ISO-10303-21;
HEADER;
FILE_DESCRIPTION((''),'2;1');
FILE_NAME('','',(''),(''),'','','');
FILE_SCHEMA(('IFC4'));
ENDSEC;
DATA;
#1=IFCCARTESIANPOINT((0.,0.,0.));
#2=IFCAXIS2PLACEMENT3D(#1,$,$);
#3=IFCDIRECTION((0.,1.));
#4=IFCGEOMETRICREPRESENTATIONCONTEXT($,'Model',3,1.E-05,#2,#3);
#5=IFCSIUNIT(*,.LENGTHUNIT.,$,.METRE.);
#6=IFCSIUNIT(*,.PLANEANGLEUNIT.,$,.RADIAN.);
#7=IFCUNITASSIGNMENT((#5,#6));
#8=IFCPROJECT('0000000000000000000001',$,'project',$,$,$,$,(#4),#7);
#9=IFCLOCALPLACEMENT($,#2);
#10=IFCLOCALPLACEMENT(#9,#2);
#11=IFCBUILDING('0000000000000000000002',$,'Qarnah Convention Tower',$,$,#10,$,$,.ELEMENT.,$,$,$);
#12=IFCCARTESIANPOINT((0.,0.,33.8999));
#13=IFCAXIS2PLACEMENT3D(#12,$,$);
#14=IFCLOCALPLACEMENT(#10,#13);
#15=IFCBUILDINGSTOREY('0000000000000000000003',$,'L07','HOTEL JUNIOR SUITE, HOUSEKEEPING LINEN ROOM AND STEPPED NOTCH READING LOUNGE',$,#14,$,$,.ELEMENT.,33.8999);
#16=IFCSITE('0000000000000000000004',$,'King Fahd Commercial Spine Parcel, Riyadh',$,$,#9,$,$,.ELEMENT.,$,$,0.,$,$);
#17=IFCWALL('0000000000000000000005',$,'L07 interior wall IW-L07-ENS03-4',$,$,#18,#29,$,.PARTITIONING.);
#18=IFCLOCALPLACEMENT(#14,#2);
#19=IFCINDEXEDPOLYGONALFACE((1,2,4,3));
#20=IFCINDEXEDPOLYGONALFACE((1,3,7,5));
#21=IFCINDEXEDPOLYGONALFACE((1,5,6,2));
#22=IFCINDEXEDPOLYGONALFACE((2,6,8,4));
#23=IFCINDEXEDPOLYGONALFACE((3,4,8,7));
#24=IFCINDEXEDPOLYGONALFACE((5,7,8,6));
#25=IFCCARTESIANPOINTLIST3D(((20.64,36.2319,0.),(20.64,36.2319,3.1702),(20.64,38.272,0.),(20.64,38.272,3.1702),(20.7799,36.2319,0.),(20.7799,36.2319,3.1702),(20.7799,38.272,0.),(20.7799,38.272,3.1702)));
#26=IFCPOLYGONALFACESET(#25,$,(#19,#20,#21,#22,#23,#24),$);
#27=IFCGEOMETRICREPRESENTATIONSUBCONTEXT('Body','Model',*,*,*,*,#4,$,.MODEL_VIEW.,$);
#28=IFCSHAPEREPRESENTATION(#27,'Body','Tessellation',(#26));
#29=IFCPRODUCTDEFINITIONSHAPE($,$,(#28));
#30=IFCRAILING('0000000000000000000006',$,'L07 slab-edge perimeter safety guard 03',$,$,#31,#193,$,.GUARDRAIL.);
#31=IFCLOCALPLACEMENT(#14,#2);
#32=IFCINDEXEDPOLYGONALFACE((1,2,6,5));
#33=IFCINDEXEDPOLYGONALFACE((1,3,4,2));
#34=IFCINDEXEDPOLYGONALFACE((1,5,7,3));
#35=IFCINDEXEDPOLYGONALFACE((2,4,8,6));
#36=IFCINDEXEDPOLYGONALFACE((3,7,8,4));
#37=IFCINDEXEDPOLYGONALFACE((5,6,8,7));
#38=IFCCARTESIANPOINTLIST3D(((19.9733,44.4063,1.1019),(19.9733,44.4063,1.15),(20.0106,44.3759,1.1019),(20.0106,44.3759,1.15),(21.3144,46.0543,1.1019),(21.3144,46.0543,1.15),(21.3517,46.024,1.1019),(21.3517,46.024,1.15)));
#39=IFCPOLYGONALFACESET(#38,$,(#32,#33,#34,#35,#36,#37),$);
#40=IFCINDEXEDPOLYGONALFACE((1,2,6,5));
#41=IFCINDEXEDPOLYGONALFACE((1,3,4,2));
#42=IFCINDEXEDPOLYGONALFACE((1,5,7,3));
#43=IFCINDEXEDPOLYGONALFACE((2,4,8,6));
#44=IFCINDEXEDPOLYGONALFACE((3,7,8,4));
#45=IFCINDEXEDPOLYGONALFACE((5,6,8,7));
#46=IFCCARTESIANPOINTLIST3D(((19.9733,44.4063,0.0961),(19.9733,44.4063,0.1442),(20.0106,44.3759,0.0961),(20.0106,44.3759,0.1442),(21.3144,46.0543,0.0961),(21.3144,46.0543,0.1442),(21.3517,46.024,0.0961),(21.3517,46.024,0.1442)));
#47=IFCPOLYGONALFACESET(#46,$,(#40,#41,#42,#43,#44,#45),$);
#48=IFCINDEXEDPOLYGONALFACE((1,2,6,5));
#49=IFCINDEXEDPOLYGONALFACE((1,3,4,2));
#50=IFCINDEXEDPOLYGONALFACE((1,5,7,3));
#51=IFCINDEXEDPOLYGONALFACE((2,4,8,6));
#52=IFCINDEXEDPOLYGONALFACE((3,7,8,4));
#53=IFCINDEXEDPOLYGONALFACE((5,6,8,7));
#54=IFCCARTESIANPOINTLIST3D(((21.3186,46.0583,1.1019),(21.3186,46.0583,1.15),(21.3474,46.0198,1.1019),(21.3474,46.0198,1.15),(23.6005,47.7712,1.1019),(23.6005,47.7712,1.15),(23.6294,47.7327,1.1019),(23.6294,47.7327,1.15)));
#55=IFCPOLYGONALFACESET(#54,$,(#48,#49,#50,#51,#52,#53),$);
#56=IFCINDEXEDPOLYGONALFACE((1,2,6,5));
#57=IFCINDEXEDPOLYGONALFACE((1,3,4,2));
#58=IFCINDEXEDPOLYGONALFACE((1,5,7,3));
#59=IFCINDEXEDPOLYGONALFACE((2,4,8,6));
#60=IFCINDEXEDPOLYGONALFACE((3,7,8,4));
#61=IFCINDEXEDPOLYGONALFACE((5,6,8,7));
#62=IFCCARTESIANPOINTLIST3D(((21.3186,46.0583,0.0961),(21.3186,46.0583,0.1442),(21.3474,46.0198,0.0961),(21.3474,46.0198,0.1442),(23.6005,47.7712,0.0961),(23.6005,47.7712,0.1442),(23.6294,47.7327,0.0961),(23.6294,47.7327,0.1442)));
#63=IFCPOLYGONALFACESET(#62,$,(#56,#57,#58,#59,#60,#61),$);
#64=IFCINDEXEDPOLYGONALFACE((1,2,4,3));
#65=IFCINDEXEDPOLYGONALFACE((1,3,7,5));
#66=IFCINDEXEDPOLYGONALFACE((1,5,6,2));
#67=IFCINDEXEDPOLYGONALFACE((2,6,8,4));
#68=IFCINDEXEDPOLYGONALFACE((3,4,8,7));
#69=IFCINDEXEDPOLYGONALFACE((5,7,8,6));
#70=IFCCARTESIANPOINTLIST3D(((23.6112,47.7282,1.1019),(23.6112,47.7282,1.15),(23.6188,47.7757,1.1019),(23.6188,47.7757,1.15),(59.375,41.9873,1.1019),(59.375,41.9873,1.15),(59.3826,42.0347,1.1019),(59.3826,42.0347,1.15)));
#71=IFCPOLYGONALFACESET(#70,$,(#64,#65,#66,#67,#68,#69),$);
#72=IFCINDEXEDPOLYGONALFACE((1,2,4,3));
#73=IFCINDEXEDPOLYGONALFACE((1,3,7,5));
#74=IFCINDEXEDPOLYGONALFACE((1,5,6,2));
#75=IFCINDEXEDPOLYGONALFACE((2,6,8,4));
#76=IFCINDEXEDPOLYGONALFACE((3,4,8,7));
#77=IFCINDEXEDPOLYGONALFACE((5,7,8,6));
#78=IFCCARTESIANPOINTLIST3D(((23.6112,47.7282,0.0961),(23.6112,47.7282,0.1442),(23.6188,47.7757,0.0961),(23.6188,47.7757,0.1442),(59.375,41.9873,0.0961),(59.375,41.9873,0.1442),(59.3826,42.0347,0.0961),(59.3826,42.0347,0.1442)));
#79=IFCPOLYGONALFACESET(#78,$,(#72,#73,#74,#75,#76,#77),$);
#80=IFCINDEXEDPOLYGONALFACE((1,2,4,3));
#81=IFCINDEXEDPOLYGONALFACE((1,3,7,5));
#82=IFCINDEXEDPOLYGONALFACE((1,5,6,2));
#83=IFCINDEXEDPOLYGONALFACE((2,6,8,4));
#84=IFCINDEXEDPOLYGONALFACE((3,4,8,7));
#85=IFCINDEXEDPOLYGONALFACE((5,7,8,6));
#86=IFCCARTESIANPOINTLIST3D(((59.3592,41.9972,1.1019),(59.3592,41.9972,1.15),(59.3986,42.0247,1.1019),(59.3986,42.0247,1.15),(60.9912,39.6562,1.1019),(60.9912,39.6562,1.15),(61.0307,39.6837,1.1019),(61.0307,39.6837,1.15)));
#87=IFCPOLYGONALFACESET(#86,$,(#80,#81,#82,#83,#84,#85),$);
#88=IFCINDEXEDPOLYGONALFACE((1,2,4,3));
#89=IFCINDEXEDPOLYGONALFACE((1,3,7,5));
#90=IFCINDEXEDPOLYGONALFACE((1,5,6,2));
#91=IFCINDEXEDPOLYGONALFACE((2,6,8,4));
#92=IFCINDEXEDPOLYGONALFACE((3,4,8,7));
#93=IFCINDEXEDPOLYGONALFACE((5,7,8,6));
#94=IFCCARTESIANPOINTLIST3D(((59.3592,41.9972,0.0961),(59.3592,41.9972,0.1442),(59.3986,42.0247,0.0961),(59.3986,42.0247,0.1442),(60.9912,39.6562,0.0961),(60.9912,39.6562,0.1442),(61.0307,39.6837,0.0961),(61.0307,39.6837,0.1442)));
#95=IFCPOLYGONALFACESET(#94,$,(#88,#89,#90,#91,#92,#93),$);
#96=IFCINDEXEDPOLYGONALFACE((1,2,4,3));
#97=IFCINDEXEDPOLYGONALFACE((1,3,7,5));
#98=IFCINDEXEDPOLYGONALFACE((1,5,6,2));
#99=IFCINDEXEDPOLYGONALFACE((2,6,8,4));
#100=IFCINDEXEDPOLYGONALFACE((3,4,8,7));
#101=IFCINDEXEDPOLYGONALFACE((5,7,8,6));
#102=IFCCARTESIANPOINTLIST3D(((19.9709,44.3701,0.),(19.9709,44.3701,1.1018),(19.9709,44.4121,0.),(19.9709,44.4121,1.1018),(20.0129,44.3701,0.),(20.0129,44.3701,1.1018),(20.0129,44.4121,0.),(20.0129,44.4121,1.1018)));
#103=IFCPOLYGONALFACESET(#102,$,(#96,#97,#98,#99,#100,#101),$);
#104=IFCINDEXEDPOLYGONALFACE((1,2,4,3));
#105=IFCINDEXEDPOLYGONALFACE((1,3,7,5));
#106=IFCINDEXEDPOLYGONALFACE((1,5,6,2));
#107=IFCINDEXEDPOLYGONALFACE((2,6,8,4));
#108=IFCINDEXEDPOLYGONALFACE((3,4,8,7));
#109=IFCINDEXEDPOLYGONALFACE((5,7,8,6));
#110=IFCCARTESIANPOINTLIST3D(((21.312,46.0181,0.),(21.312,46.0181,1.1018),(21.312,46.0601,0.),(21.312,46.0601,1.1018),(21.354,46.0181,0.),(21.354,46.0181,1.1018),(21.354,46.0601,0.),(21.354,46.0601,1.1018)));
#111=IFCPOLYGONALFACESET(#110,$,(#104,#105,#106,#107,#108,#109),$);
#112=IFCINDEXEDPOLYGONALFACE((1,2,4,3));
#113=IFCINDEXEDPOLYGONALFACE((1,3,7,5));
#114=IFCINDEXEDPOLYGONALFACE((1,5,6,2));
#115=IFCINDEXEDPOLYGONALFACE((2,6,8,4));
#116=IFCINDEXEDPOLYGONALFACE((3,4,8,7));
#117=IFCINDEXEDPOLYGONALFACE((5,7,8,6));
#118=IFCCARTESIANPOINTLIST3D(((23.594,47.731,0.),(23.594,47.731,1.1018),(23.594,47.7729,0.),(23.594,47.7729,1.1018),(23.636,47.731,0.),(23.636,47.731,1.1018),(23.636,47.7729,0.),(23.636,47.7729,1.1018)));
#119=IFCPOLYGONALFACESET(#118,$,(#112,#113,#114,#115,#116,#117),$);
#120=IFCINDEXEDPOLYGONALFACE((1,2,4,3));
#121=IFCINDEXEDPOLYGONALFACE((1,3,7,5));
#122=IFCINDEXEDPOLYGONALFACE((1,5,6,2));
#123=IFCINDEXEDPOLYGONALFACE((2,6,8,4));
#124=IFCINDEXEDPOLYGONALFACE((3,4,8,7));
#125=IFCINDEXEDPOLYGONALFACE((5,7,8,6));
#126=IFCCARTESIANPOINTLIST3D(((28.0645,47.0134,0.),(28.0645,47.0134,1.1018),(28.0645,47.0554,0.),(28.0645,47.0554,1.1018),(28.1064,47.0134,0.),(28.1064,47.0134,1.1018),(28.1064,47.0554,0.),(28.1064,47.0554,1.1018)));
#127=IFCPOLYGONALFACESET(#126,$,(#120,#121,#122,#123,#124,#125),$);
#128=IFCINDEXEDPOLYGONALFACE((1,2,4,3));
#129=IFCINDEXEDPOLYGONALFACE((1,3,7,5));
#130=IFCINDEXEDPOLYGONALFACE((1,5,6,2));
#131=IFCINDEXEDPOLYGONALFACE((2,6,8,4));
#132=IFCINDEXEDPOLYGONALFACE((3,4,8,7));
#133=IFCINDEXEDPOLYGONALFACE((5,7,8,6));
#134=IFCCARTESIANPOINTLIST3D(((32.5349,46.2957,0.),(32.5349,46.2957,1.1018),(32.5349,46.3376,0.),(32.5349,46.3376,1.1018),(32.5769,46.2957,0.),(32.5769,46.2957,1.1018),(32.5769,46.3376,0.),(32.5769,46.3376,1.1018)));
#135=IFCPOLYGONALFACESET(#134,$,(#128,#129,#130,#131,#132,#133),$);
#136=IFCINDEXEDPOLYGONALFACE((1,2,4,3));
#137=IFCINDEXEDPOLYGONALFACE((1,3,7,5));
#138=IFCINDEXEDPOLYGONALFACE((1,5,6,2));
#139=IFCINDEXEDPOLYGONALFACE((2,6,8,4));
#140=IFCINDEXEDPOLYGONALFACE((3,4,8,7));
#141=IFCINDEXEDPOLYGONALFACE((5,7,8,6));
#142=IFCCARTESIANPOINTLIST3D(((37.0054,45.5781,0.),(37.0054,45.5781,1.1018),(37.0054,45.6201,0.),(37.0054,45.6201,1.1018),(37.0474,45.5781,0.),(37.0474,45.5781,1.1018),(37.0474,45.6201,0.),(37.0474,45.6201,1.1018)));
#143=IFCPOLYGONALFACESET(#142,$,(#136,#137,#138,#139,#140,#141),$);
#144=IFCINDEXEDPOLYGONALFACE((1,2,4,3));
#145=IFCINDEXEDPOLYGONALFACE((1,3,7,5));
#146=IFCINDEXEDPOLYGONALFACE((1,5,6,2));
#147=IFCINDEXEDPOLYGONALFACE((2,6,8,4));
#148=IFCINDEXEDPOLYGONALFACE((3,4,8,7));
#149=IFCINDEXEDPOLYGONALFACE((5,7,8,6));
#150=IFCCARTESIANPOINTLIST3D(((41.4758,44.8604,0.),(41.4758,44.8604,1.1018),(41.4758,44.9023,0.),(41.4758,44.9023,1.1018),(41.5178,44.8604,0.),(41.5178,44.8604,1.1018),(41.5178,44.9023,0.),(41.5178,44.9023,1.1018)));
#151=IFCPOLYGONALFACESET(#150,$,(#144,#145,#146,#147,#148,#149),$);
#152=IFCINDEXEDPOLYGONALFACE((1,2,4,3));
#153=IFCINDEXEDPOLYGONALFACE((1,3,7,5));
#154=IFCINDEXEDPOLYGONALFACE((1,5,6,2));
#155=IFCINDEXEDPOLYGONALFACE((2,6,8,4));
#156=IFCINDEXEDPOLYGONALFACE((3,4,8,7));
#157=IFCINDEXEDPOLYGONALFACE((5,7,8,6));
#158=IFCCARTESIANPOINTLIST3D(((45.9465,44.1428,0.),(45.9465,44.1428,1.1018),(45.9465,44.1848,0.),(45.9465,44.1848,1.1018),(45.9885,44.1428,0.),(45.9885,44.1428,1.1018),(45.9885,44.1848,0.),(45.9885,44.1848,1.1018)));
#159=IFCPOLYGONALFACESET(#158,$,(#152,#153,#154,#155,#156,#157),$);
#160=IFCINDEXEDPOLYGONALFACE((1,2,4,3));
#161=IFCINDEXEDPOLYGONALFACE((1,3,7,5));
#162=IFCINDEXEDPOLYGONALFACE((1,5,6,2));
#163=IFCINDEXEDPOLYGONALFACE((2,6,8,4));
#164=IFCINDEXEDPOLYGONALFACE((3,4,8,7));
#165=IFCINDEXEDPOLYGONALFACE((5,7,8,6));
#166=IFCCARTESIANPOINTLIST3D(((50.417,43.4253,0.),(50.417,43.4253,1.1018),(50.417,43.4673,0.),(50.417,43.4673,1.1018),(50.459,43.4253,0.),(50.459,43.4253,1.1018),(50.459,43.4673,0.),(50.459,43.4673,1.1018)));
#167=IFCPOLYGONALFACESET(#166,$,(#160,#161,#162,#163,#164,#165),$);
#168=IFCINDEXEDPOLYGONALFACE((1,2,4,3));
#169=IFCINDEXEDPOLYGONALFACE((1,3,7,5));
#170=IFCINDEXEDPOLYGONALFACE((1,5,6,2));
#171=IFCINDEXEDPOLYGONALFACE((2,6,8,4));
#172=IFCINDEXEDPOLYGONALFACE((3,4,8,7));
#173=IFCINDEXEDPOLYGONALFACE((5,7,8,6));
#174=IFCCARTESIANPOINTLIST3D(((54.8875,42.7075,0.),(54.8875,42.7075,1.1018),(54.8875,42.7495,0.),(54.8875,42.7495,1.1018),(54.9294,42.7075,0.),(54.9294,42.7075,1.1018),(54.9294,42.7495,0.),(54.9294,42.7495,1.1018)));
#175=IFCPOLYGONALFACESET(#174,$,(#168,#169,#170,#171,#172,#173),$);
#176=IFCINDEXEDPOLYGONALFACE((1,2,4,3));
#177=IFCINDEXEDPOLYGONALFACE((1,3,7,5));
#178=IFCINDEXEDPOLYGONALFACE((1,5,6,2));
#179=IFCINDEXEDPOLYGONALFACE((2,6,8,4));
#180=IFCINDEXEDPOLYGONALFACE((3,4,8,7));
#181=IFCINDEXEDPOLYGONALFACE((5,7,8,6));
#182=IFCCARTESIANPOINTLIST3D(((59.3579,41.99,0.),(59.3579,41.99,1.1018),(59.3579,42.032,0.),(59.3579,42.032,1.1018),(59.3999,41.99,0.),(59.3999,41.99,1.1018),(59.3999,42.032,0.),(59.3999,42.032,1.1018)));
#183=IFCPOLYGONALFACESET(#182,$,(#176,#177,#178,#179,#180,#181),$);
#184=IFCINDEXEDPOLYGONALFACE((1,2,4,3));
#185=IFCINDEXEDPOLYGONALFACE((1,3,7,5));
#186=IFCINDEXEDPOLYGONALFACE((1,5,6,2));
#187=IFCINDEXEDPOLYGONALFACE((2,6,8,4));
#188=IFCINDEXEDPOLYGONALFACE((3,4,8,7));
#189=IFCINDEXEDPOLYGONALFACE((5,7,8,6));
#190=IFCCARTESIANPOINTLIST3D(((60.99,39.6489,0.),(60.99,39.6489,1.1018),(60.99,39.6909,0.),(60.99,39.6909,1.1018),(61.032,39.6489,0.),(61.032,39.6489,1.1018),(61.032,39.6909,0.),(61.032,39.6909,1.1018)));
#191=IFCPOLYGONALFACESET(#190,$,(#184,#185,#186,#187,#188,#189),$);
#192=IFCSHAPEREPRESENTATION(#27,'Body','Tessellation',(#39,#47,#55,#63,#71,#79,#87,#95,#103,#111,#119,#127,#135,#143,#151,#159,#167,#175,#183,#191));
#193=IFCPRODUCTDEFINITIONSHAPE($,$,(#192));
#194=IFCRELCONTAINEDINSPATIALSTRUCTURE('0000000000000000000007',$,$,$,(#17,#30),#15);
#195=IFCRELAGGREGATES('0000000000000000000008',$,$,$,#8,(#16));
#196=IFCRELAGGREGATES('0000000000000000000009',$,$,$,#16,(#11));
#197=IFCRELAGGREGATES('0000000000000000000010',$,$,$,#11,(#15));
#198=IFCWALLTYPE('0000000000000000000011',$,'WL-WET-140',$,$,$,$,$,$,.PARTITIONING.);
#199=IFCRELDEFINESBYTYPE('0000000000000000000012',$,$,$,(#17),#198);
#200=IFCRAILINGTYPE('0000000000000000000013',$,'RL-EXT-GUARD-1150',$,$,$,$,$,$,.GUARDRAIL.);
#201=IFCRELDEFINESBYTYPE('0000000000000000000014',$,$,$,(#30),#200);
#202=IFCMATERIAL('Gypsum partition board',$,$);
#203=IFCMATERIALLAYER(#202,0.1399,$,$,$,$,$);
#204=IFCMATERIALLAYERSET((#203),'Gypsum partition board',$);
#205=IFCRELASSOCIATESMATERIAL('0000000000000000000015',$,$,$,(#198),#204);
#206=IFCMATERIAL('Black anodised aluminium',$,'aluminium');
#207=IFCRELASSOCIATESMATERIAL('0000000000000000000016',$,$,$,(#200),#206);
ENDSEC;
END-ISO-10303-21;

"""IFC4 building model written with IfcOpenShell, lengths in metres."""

from ifc_helpers import new_model, si_unit, direction, frame, frame_2d, origin, origin_2d, place, context, subcontext, project, spatial, rectangle, extrude, material, layer, layer_set, type_object, element, save


model = new_model("IFC4")

# Units and contexts
model_context = context("Model", 3, precision=1e-05, world=origin(), true_north=direction((0.0, 1.0)))
body_context = subcontext(model_context, "Body", "Model", "MODEL_VIEW")
ifc_project = project(units=[si_unit("LENGTHUNIT", "METRE"), si_unit("PLANEANGLEUNIT", "RADIAN")], contexts=[model_context])

# Site, building, storey
site_placement = place(None, origin())
site = spatial("IfcSite", under=ifc_project, at=site_placement, Name="King Fahd Commercial Spine Parcel, Riyadh", CompositionType="ELEMENT", RefElevation=0.0)
building_placement = place(site_placement, origin())
building = spatial("IfcBuilding", under=site, at=building_placement, Name="Qarnah Convention Tower", CompositionType="ELEMENT")
storey_placement = place(building_placement, frame((0.0, 0.0, 33.8999)))
storey = spatial("IfcBuildingStorey", under=building, at=storey_placement, Name="L07", Description="HOTEL JUNIOR SUITE, HOUSEKEEPING LINEN ROOM AND STEPPED NOTCH READING LOUNGE", CompositionType="ELEMENT", Elevation=33.8999)

# Shared definitions
ifc_material_1 = material(Name="Black anodised aluminium", Category="aluminium")

# Shared definitions
ifc_material_2 = material(Name="Gypsum partition board")

# Shared definitions
ifc_layer_1 = layer(ifc_material_2, 0.1399)
ifc_layer_set_1 = layer_set([ifc_layer_1], Name="Gypsum partition board")
wall_type_1 = type_object("IfcWallType", Name="WL-WET-140", PredefinedType="PARTITIONING", material=ifc_layer_set_1)

# Wall
wall_1_placement = place(storey_placement, frame((20.71, 38.272, 0.0), z_axis=(0.0, 0.0, 1.0), x_axis=(0.0, -1.0, 0.0)))
element("IfcWall", 1, at=wall_1_placement, inside=storey, type_object=wall_type_1, Name="L07 interior wall IW-L07-ENS03-4", PredefinedType="PARTITIONING", context=body_context, shape_type="SweptSolid", body=[
    extrude(rectangle(XDim=2.04, YDim=0.1399, at=frame_2d((1.02, 0.0))), origin(), (0.0, 0.0, 1.0), 3.1702),
])

# Railing
railing_type = type_object("IfcRailingType", Name="RL-EXT-GUARD-1150", PredefinedType="GUARDRAIL", material=ifc_material_1)
railing_1_placement = place(storey_placement, frame((19.9919, 44.3911, 0.0)))
element("IfcRailing", 2, at=railing_1_placement, inside=storey, type_object=railing_type, Name="L07 slab-edge perimeter safety guard 03", PredefinedType="GUARDRAIL", context=body_context, shape_type="SweptSolid", body=[
    extrude(rectangle(XDim=0.0481, YDim=0.0481, at=origin_2d()), frame((0.0, 0.0, 1.126), z_axis=(0.631189, 0.775629, 0.0), x_axis=(-0.775629, 0.631189, 0.0)), (0.0, 0.0, 1.0), 2.1248),
    extrude(rectangle(XDim=0.0481, YDim=0.0481, at=origin_2d()), frame((0.0, 0.0, 0.1201), z_axis=(0.631189, 0.775629, 0.0), x_axis=(-0.775629, 0.631189, 0.0)), (0.0, 0.0, 1.0), 2.1248),
    extrude(rectangle(XDim=0.0481, YDim=0.0481, at=origin_2d()), frame((1.3411, 1.6479, 1.126), z_axis=(0.799764, 0.600315, 0.0), x_axis=(-0.600315, 0.799764, 0.0)), (0.0, 0.0, 1.0), 2.8533),
    extrude(rectangle(XDim=0.0481, YDim=0.0481, at=origin_2d()), frame((1.3411, 1.6479, 0.1201), z_axis=(0.799764, 0.600315, 0.0), x_axis=(-0.600315, 0.799764, 0.0)), (0.0, 0.0, 1.0), 2.8533),
    extrude(rectangle(XDim=0.0481, YDim=0.0481, at=origin_2d()), frame((3.623, 3.3608, 1.126), z_axis=(0.98736, -0.158495, 0.0), x_axis=(0.158495, 0.98736, 0.0)), (0.0, 0.0, 1.0), 36.2217),
    extrude(rectangle(XDim=0.0481, YDim=0.0481, at=origin_2d()), frame((3.623, 3.3608, 0.1201), z_axis=(0.98736, -0.158495, 0.0), x_axis=(0.158495, 0.98736, 0.0)), (0.0, 0.0, 1.0), 36.2217),
    extrude(rectangle(XDim=0.0481, YDim=0.0481, at=origin_2d()), frame((39.387, -2.3801, 1.126), z_axis=(0.571894, -0.820328, 0.0), x_axis=(0.820328, 0.571894, 0.0)), (0.0, 0.0, 1.0), 2.8538),
    extrude(rectangle(XDim=0.0481, YDim=0.0481, at=origin_2d()), frame((39.387, -2.3801, 0.1201), z_axis=(0.571894, -0.820328, 0.0), x_axis=(0.820328, 0.571894, 0.0)), (0.0, 0.0, 1.0), 2.8538),
    extrude(rectangle(XDim=0.042, YDim=0.042, at=origin_2d()), origin(), (0.0, 0.0, 1.0), 1.1018),
    extrude(rectangle(XDim=0.042, YDim=0.042, at=origin_2d()), frame((1.3411, 1.6479, 0.0)), (0.0, 0.0, 1.0), 1.1018),
    extrude(rectangle(XDim=0.042, YDim=0.042, at=origin_2d()), frame((3.623, 3.3608, 0.0)), (0.0, 0.0, 1.0), 1.1018),
    extrude(rectangle(XDim=0.042, YDim=0.042, at=origin_2d()), frame((8.0935, 2.6433, 0.0)), (0.0, 0.0, 1.0), 1.1018),
    extrude(rectangle(XDim=0.042, YDim=0.042, at=origin_2d()), frame((12.564, 1.9255, 0.0)), (0.0, 0.0, 1.0), 1.1018),
    extrude(rectangle(XDim=0.042, YDim=0.042, at=origin_2d()), frame((17.0344, 1.208, 0.0)), (0.0, 0.0, 1.0), 1.1018),
    extrude(rectangle(XDim=0.042, YDim=0.042, at=origin_2d()), frame((21.5049, 0.4902, 0.0)), (0.0, 0.0, 1.0), 1.1018),
    extrude(rectangle(XDim=0.042, YDim=0.042, at=origin_2d()), frame((25.9756, -0.2273, 0.0)), (0.0, 0.0, 1.0), 1.1018),
    extrude(rectangle(XDim=0.042, YDim=0.042, at=origin_2d()), frame((30.446, -0.9448, 0.0)), (0.0, 0.0, 1.0), 1.1018),
    extrude(rectangle(XDim=0.042, YDim=0.042, at=origin_2d()), frame((34.9165, -1.6626, 0.0)), (0.0, 0.0, 1.0), 1.1018),
    extrude(rectangle(XDim=0.042, YDim=0.042, at=origin_2d()), frame((39.387, -2.3801, 0.0)), (0.0, 0.0, 1.0), 1.1018),
    extrude(rectangle(XDim=0.042, YDim=0.042, at=origin_2d()), frame((41.019, -4.7212, 0.0)), (0.0, 0.0, 1.0), 1.1018),
])

save(model, "model.ifc")
